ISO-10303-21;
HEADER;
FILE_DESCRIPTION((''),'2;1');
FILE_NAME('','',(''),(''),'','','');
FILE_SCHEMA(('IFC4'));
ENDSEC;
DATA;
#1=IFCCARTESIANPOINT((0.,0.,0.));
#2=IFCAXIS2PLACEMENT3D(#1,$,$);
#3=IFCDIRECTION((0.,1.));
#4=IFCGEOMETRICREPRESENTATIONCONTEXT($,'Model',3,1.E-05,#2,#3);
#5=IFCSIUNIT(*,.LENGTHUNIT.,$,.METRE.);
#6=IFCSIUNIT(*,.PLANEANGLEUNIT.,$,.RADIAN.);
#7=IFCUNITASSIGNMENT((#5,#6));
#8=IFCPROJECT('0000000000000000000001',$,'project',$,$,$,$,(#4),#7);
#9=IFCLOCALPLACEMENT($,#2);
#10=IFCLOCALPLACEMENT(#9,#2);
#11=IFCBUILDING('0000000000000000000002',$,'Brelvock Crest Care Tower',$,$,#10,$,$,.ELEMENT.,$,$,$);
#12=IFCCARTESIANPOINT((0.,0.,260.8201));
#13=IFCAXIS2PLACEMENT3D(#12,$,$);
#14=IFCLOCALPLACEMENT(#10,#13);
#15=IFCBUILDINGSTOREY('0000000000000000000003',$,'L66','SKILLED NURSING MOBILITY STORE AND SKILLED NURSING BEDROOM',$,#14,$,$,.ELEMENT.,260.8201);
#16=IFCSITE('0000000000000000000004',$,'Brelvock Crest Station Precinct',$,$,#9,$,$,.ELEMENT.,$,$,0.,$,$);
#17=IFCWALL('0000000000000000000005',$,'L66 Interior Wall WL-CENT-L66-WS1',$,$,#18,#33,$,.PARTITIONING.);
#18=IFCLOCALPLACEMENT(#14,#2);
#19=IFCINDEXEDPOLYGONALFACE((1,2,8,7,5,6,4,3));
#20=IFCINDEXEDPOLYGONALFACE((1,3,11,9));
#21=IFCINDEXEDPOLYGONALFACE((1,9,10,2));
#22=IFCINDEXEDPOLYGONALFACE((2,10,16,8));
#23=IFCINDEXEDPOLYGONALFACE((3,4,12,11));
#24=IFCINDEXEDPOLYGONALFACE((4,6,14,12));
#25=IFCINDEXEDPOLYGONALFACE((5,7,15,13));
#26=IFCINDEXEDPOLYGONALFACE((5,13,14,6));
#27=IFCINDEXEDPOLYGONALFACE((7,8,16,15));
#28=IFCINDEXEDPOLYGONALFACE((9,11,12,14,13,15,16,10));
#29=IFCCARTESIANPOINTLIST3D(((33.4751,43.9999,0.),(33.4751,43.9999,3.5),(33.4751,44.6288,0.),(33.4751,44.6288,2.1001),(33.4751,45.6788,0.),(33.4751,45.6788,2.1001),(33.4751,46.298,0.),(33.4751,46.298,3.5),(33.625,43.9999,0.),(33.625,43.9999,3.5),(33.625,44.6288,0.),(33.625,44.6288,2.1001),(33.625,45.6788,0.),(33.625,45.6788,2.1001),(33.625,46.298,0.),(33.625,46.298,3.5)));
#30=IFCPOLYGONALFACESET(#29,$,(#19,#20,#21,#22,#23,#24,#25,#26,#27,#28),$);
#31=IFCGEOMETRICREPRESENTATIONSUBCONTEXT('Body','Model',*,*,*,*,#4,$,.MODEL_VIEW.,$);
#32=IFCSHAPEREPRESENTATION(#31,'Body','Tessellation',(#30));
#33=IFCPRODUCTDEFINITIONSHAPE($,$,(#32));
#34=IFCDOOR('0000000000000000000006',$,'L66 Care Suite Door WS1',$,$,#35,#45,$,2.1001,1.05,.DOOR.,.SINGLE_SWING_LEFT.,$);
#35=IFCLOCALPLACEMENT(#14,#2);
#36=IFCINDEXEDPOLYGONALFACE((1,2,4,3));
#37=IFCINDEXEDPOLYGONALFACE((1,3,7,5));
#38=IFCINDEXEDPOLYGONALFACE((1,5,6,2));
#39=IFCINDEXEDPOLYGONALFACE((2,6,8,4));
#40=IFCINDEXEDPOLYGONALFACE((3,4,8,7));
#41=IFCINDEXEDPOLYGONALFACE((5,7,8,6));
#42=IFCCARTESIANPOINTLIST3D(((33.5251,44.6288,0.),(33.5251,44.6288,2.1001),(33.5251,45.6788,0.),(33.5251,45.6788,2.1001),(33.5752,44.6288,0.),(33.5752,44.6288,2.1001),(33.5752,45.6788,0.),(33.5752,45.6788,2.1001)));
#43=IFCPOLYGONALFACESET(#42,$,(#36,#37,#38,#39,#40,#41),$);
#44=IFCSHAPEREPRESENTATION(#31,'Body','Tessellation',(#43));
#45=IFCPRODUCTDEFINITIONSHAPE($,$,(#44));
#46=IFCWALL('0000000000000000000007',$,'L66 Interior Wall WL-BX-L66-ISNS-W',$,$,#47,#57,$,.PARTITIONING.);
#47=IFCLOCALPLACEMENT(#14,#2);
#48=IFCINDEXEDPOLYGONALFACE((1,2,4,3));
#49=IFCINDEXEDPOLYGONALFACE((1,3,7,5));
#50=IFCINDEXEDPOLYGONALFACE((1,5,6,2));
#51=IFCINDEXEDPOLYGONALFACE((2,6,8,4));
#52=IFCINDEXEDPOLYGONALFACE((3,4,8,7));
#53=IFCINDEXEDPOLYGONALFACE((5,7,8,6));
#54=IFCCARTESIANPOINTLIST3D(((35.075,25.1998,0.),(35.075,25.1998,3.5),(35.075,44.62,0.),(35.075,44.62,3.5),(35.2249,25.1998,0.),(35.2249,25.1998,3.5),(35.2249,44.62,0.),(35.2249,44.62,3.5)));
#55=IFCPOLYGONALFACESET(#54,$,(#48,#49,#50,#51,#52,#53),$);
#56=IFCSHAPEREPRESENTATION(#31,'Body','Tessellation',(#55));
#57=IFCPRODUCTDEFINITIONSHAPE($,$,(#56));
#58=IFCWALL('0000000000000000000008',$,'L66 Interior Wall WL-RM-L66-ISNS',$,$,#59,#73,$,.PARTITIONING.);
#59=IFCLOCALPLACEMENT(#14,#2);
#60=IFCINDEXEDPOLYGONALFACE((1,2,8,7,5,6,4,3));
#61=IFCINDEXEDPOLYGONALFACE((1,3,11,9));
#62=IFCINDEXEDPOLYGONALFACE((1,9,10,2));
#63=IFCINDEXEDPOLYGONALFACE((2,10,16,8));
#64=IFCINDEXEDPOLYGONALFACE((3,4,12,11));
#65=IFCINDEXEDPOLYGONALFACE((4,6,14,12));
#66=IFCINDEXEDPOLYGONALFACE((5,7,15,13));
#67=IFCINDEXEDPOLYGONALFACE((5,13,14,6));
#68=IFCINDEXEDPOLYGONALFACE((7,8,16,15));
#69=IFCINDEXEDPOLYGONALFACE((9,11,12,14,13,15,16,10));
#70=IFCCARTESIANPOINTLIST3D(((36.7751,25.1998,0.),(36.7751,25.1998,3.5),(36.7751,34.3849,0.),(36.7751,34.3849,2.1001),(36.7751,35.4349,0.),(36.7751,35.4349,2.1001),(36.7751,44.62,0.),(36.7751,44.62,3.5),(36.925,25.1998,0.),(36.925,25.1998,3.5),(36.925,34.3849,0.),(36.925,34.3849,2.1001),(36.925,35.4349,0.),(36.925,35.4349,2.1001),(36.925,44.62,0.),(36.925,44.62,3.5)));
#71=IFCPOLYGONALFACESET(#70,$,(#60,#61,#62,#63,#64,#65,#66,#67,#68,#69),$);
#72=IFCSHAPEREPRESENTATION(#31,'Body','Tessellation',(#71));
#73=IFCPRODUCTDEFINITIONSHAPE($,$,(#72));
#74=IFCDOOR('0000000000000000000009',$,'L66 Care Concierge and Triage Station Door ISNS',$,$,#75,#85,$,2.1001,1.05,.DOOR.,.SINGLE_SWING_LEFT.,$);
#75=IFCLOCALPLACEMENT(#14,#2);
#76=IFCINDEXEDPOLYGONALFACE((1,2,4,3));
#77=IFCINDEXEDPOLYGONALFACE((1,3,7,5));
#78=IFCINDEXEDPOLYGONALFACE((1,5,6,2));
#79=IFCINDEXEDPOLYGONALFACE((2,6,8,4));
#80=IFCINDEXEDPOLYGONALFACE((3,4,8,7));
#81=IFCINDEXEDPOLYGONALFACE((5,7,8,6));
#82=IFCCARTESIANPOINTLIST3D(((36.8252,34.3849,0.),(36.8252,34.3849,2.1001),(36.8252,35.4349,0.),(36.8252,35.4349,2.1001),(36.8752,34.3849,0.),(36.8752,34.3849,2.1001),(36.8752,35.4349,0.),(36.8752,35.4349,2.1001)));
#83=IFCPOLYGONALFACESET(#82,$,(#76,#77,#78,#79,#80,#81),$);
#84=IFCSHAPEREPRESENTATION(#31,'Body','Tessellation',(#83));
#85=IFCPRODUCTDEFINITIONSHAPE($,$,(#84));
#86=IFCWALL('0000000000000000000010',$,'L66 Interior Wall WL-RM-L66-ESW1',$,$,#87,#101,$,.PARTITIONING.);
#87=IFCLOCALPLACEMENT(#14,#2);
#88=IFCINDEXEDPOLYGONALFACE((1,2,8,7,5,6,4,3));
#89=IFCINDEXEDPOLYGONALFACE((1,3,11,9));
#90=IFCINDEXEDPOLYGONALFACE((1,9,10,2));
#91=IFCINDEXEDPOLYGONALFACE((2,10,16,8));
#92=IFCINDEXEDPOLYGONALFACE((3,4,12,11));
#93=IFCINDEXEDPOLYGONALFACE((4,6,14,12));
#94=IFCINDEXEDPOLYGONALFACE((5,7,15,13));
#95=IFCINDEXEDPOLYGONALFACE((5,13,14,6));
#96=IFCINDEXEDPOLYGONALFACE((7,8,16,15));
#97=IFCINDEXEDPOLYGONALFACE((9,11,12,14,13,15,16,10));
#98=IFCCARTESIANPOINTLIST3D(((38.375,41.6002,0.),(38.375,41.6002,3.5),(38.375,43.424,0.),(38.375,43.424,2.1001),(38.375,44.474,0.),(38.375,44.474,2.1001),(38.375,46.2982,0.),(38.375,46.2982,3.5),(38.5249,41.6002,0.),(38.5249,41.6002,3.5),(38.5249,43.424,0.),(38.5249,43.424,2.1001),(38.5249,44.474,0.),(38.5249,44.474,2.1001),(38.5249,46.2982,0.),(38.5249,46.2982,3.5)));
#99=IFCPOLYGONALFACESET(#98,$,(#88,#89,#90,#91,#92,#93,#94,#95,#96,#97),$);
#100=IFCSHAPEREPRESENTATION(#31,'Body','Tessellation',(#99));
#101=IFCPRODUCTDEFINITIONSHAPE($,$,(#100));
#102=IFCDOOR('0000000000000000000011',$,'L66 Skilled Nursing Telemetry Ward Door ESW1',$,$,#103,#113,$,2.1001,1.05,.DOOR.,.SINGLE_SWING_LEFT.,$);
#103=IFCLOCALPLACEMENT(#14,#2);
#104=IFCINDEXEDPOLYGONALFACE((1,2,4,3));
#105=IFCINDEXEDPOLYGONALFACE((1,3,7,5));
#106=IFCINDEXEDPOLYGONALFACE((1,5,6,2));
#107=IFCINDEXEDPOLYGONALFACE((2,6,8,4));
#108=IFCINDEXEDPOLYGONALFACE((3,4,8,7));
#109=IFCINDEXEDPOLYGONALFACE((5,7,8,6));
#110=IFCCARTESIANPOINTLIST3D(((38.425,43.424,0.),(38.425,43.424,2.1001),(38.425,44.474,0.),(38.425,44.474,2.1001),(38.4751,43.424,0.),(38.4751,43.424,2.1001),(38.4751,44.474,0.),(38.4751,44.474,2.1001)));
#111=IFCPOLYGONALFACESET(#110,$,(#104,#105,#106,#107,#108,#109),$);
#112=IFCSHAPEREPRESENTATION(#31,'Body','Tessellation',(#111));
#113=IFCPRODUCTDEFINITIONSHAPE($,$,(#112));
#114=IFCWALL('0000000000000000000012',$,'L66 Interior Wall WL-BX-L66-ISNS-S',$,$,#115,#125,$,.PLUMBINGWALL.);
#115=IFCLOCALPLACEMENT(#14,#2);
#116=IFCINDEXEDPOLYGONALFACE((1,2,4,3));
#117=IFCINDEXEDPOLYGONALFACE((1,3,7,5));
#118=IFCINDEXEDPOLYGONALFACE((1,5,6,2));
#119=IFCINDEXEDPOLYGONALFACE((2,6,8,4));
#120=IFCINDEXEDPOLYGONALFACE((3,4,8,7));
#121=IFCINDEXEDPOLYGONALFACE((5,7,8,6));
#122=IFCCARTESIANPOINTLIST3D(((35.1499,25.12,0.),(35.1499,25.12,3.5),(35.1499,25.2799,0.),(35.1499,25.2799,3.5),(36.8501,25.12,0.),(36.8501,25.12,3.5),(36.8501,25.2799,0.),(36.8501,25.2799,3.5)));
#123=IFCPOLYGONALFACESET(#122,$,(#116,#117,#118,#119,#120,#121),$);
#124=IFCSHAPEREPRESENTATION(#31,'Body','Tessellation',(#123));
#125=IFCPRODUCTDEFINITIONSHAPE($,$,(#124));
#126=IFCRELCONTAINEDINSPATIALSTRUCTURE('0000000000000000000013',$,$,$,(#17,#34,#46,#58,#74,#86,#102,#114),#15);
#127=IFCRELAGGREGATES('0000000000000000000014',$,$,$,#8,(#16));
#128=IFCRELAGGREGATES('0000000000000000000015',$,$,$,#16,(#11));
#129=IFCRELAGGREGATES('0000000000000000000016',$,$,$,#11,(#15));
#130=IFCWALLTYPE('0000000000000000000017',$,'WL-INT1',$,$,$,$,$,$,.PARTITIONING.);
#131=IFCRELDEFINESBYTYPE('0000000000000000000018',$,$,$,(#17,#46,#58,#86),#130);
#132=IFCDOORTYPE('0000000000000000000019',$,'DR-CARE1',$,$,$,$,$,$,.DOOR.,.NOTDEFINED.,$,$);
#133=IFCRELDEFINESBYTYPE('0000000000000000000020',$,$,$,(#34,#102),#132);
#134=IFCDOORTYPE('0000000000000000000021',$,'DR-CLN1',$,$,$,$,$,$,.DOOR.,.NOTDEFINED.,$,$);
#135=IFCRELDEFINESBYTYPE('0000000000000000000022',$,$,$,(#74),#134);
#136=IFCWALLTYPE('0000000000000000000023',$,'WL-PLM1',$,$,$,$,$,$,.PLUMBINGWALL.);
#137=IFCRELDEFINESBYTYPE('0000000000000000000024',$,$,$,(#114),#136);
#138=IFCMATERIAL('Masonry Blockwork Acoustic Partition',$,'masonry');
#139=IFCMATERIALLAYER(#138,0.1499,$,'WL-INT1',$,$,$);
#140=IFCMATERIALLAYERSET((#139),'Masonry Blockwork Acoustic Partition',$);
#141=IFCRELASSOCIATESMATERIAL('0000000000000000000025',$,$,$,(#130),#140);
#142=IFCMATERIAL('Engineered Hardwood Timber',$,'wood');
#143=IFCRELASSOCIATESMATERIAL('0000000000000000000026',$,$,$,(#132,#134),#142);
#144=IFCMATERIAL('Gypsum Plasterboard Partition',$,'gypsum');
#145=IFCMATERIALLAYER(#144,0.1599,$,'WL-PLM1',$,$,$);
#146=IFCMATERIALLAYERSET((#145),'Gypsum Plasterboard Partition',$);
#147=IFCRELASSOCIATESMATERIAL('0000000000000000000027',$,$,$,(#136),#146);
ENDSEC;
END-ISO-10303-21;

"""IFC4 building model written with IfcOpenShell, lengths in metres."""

from ifc_helpers import new_model, si_unit, direction, frame, frame_2d, origin, origin_2d, place, context, subcontext, project, spatial, rectangle, extrude, source, transform, mapped, material, layer, layer_set, type_object, element, fill, save


model = new_model("IFC4")

# Units and contexts
model_context = context("Model", 3, precision=1e-05, world=origin(), true_north=direction((0.0, 1.0)))
body_context = subcontext(model_context, "Body", "Model", "MODEL_VIEW")
ifc_project = project(units=[si_unit("LENGTHUNIT", "METRE"), si_unit("PLANEANGLEUNIT", "RADIAN")], contexts=[model_context])

# Site, building, storey
site_placement = place(None, origin())
site = spatial("IfcSite", under=ifc_project, at=site_placement, Name="Brelvock Crest Station Precinct", CompositionType="ELEMENT", RefElevation=0.0)
building_placement = place(site_placement, origin())
building = spatial("IfcBuilding", under=site, at=building_placement, Name="Brelvock Crest Care Tower", CompositionType="ELEMENT")
storey_placement = place(building_placement, frame((0.0, 0.0, 260.8201)))
storey = spatial("IfcBuildingStorey", under=building, at=storey_placement, Name="L66", Description="SKILLED NURSING MOBILITY STORE AND SKILLED NURSING BEDROOM", CompositionType="ELEMENT", Elevation=260.8201)

# Shared definitions
ifc_material_1 = material(Name="Masonry Blockwork Acoustic Partition", Category="masonry")
ifc_layer_1 = layer(ifc_material_1, 0.1499, Name="WL-INT1")
ifc_layer_set_1 = layer_set([ifc_layer_1], Name="Masonry Blockwork Acoustic Partition")
wall_type_1 = type_object("IfcWallType", Name="WL-INT1", PredefinedType="PARTITIONING", material=ifc_layer_set_1)

# Wall, opening, door
wall_1_placement = place(storey_placement, frame((33.55, 44.0, 0.0), z_axis=(0.0, 0.0, 1.0), x_axis=(0.0, 1.0, 0.0)))
wall_1 = element("IfcWall", 1, at=wall_1_placement, inside=storey, type_object=wall_type_1, Name="L66 Interior Wall WL-CENT-L66-WS1", PredefinedType="PARTITIONING", context=body_context, shape_type="SweptSolid", body=[
    extrude(rectangle(XDim=2.2981, YDim=0.1499, at=frame_2d((1.1489, 0.0))), origin(), (0.0, 0.0, 1.0), 3.5),
])
opening_1_placement = place(wall_1_placement, frame((0.6289, 0.0, 0.0)))
opening_1 = element("IfcOpeningElement", 2, at=opening_1_placement, cuts=wall_1, PredefinedType="OPENING", context=body_context, shape_type="SweptSolid", body=[
    extrude(rectangle(XDim=1.05, YDim=2.1001, at=origin_2d()), frame((0.5249, 0.085, 1.05), z_axis=(0.0, -1.0, 0.0), x_axis=(1.0, 0.0, 0.0)), (0.0, 0.0, 1.0), 0.1699),
])
ifc_material_2 = material(Name="Engineered Hardwood Timber", Category="wood")
door_type_1 = type_object("IfcDoorType", Name="DR-CARE1", OperationType="NOTDEFINED", PredefinedType="DOOR", material=ifc_material_2)
shared_shape_1 = source(origin(), body_context, "Body", "SweptSolid", [
    extrude(rectangle(XDim=1.05, YDim=2.1001, at=origin_2d()), frame((0.5249, 0.0249, 1.05), z_axis=(0.0, -1.0, 0.0), x_axis=(1.0, 0.0, 0.0)), (0.0, 0.0, 1.0), 0.05),
])
door_1_placement = place(opening_1_placement, origin())
door_1 = element("IfcDoor", 3, at=door_1_placement, inside=storey, type_object=door_type_1, Name="L66 Care Suite Door WS1", OperationType="SINGLE_SWING_LEFT", OverallHeight=2.1001, OverallWidth=1.05, PredefinedType="DOOR", context=body_context, shape_type="MappedRepresentation", body=[
    mapped(shared_shape_1, transform((0.0, 0.0, 0.0), x_axis=(1.0, 0.0, 0.0), y_axis=(0.0, 1.0, 0.0), z_axis=(0.0, 0.0, 1.0), scale=1.0)),
])
fill(opening_1, door_1)

# Wall
wall_2_placement = place(storey_placement, frame((35.1499, 25.2, 0.0), z_axis=(0.0, 0.0, 1.0), x_axis=(0.0, 1.0, 0.0)))
element("IfcWall", 4, at=wall_2_placement, inside=storey, type_object=wall_type_1, Name="L66 Interior Wall WL-BX-L66-ISNS-W", PredefinedType="PARTITIONING", context=body_context, shape_type="SweptSolid", body=[
    extrude(rectangle(XDim=19.4202, YDim=0.1499, at=frame_2d((9.71, 0.0))), origin(), (0.0, 0.0, 1.0), 3.5),
])

# Walls, openings, doors
wall_3_placement = place(storey_placement, frame((36.8501, 25.2, 0.0), z_axis=(0.0, 0.0, 1.0), x_axis=(0.0, 1.0, 0.0)))
wall_3 = element("IfcWall", 5, at=wall_3_placement, inside=storey, type_object=wall_type_1, Name="L66 Interior Wall WL-RM-L66-ISNS", PredefinedType="PARTITIONING", context=body_context, shape_type="SweptSolid", body=[
    extrude(rectangle(XDim=19.4202, YDim=0.1499, at=frame_2d((9.71, 0.0))), origin(), (0.0, 0.0, 1.0), 3.5),
])
opening_2_placement = place(wall_3_placement, frame((9.1851, 0.0, 0.0)))
opening_2 = element("IfcOpeningElement", 6, at=opening_2_placement, cuts=wall_3, PredefinedType="OPENING", context=body_context, shape_type="SweptSolid", body=[
    extrude(rectangle(XDim=1.05, YDim=2.1001, at=origin_2d()), frame((0.5249, 0.085, 1.05), z_axis=(0.0, -1.0, 0.0), x_axis=(1.0, 0.0, 0.0)), (0.0, 0.0, 1.0), 0.1699),
])
door_type_2 = type_object("IfcDoorType", Name="DR-CLN1", OperationType="NOTDEFINED", PredefinedType="DOOR", material=ifc_material_2)
shared_shape_2 = source(origin(), body_context, "Body", "SweptSolid", [
    extrude(rectangle(XDim=1.05, YDim=2.1001, at=origin_2d()), frame((0.5249, 0.0249, 1.05), z_axis=(0.0, -1.0, 0.0), x_axis=(1.0, 0.0, 0.0)), (0.0, 0.0, 1.0), 0.05),
])
door_2_placement = place(opening_2_placement, origin())
door_2 = element("IfcDoor", 7, at=door_2_placement, inside=storey, type_object=door_type_2, Name="L66 Care Concierge and Triage Station Door ISNS", OperationType="SINGLE_SWING_LEFT", OverallHeight=2.1001, OverallWidth=1.05, PredefinedType="DOOR", context=body_context, shape_type="MappedRepresentation", body=[
    mapped(shared_shape_2, transform((0.0, 0.0, 0.0), x_axis=(1.0, 0.0, 0.0), y_axis=(0.0, 1.0, 0.0), z_axis=(0.0, 0.0, 1.0), scale=1.0)),
])
fill(opening_2, door_2)
wall_4_placement = place(storey_placement, frame((38.45, 41.6001, 0.0), z_axis=(0.0, 0.0, 1.0), x_axis=(0.0, 1.0, 0.0)))
wall_4 = element("IfcWall", 8, at=wall_4_placement, inside=storey, type_object=wall_type_1, Name="L66 Interior Wall WL-RM-L66-ESW1", PredefinedType="PARTITIONING", context=body_context, shape_type="SweptSolid", body=[
    extrude(rectangle(XDim=4.698, YDim=0.1499, at=frame_2d((2.3491, 0.0))), origin(), (0.0, 0.0, 1.0), 3.5),
])
opening_3_placement = place(wall_4_placement, frame((1.824, 0.0, 0.0)))
opening_3 = element("IfcOpeningElement", 9, at=opening_3_placement, cuts=wall_4, PredefinedType="OPENING", context=body_context, shape_type="SweptSolid", body=[
    extrude(rectangle(XDim=1.05, YDim=2.1001, at=origin_2d()), frame((0.5249, 0.085, 1.05), z_axis=(0.0, -1.0, 0.0), x_axis=(1.0, 0.0, 0.0)), (0.0, 0.0, 1.0), 0.1699),
])
door_3_placement = place(opening_3_placement, origin())
door_3 = element("IfcDoor", 10, at=door_3_placement, inside=storey, type_object=door_type_1, Name="L66 Skilled Nursing Telemetry Ward Door ESW1", OperationType="SINGLE_SWING_LEFT", OverallHeight=2.1001, OverallWidth=1.05, PredefinedType="DOOR", context=body_context, shape_type="MappedRepresentation", body=[
    mapped(shared_shape_1, transform((0.0, 0.0, 0.0), x_axis=(1.0, 0.0, 0.0), y_axis=(0.0, 1.0, 0.0), z_axis=(0.0, 0.0, 1.0), scale=1.0)),
])
fill(opening_3, door_3)

# Wall
ifc_material_3 = material(Name="Gypsum Plasterboard Partition", Category="gypsum")
ifc_layer_2 = layer(ifc_material_3, 0.1599, Name="WL-PLM1")
ifc_layer_set_2 = layer_set([ifc_layer_2], Name="Gypsum Plasterboard Partition")
wall_type_2 = type_object("IfcWallType", Name="WL-PLM1", PredefinedType="PLUMBINGWALL", material=ifc_layer_set_2)
wall_5_placement = place(storey_placement, frame((35.1499, 25.2, 0.0), z_axis=(0.0, 0.0, 1.0), x_axis=(1.0, 0.0, 0.0)))
element("IfcWall", 11, at=wall_5_placement, inside=storey, type_object=wall_type_2, Name="L66 Interior Wall WL-BX-L66-ISNS-S", PredefinedType="PLUMBINGWALL", context=body_context, shape_type="SweptSolid", body=[
    extrude(rectangle(XDim=1.7002, YDim=0.1599, at=frame_2d((0.8501, 0.0))), origin(), (0.0, 0.0, 1.0), 3.5),
])

save(model, "model.ifc")
